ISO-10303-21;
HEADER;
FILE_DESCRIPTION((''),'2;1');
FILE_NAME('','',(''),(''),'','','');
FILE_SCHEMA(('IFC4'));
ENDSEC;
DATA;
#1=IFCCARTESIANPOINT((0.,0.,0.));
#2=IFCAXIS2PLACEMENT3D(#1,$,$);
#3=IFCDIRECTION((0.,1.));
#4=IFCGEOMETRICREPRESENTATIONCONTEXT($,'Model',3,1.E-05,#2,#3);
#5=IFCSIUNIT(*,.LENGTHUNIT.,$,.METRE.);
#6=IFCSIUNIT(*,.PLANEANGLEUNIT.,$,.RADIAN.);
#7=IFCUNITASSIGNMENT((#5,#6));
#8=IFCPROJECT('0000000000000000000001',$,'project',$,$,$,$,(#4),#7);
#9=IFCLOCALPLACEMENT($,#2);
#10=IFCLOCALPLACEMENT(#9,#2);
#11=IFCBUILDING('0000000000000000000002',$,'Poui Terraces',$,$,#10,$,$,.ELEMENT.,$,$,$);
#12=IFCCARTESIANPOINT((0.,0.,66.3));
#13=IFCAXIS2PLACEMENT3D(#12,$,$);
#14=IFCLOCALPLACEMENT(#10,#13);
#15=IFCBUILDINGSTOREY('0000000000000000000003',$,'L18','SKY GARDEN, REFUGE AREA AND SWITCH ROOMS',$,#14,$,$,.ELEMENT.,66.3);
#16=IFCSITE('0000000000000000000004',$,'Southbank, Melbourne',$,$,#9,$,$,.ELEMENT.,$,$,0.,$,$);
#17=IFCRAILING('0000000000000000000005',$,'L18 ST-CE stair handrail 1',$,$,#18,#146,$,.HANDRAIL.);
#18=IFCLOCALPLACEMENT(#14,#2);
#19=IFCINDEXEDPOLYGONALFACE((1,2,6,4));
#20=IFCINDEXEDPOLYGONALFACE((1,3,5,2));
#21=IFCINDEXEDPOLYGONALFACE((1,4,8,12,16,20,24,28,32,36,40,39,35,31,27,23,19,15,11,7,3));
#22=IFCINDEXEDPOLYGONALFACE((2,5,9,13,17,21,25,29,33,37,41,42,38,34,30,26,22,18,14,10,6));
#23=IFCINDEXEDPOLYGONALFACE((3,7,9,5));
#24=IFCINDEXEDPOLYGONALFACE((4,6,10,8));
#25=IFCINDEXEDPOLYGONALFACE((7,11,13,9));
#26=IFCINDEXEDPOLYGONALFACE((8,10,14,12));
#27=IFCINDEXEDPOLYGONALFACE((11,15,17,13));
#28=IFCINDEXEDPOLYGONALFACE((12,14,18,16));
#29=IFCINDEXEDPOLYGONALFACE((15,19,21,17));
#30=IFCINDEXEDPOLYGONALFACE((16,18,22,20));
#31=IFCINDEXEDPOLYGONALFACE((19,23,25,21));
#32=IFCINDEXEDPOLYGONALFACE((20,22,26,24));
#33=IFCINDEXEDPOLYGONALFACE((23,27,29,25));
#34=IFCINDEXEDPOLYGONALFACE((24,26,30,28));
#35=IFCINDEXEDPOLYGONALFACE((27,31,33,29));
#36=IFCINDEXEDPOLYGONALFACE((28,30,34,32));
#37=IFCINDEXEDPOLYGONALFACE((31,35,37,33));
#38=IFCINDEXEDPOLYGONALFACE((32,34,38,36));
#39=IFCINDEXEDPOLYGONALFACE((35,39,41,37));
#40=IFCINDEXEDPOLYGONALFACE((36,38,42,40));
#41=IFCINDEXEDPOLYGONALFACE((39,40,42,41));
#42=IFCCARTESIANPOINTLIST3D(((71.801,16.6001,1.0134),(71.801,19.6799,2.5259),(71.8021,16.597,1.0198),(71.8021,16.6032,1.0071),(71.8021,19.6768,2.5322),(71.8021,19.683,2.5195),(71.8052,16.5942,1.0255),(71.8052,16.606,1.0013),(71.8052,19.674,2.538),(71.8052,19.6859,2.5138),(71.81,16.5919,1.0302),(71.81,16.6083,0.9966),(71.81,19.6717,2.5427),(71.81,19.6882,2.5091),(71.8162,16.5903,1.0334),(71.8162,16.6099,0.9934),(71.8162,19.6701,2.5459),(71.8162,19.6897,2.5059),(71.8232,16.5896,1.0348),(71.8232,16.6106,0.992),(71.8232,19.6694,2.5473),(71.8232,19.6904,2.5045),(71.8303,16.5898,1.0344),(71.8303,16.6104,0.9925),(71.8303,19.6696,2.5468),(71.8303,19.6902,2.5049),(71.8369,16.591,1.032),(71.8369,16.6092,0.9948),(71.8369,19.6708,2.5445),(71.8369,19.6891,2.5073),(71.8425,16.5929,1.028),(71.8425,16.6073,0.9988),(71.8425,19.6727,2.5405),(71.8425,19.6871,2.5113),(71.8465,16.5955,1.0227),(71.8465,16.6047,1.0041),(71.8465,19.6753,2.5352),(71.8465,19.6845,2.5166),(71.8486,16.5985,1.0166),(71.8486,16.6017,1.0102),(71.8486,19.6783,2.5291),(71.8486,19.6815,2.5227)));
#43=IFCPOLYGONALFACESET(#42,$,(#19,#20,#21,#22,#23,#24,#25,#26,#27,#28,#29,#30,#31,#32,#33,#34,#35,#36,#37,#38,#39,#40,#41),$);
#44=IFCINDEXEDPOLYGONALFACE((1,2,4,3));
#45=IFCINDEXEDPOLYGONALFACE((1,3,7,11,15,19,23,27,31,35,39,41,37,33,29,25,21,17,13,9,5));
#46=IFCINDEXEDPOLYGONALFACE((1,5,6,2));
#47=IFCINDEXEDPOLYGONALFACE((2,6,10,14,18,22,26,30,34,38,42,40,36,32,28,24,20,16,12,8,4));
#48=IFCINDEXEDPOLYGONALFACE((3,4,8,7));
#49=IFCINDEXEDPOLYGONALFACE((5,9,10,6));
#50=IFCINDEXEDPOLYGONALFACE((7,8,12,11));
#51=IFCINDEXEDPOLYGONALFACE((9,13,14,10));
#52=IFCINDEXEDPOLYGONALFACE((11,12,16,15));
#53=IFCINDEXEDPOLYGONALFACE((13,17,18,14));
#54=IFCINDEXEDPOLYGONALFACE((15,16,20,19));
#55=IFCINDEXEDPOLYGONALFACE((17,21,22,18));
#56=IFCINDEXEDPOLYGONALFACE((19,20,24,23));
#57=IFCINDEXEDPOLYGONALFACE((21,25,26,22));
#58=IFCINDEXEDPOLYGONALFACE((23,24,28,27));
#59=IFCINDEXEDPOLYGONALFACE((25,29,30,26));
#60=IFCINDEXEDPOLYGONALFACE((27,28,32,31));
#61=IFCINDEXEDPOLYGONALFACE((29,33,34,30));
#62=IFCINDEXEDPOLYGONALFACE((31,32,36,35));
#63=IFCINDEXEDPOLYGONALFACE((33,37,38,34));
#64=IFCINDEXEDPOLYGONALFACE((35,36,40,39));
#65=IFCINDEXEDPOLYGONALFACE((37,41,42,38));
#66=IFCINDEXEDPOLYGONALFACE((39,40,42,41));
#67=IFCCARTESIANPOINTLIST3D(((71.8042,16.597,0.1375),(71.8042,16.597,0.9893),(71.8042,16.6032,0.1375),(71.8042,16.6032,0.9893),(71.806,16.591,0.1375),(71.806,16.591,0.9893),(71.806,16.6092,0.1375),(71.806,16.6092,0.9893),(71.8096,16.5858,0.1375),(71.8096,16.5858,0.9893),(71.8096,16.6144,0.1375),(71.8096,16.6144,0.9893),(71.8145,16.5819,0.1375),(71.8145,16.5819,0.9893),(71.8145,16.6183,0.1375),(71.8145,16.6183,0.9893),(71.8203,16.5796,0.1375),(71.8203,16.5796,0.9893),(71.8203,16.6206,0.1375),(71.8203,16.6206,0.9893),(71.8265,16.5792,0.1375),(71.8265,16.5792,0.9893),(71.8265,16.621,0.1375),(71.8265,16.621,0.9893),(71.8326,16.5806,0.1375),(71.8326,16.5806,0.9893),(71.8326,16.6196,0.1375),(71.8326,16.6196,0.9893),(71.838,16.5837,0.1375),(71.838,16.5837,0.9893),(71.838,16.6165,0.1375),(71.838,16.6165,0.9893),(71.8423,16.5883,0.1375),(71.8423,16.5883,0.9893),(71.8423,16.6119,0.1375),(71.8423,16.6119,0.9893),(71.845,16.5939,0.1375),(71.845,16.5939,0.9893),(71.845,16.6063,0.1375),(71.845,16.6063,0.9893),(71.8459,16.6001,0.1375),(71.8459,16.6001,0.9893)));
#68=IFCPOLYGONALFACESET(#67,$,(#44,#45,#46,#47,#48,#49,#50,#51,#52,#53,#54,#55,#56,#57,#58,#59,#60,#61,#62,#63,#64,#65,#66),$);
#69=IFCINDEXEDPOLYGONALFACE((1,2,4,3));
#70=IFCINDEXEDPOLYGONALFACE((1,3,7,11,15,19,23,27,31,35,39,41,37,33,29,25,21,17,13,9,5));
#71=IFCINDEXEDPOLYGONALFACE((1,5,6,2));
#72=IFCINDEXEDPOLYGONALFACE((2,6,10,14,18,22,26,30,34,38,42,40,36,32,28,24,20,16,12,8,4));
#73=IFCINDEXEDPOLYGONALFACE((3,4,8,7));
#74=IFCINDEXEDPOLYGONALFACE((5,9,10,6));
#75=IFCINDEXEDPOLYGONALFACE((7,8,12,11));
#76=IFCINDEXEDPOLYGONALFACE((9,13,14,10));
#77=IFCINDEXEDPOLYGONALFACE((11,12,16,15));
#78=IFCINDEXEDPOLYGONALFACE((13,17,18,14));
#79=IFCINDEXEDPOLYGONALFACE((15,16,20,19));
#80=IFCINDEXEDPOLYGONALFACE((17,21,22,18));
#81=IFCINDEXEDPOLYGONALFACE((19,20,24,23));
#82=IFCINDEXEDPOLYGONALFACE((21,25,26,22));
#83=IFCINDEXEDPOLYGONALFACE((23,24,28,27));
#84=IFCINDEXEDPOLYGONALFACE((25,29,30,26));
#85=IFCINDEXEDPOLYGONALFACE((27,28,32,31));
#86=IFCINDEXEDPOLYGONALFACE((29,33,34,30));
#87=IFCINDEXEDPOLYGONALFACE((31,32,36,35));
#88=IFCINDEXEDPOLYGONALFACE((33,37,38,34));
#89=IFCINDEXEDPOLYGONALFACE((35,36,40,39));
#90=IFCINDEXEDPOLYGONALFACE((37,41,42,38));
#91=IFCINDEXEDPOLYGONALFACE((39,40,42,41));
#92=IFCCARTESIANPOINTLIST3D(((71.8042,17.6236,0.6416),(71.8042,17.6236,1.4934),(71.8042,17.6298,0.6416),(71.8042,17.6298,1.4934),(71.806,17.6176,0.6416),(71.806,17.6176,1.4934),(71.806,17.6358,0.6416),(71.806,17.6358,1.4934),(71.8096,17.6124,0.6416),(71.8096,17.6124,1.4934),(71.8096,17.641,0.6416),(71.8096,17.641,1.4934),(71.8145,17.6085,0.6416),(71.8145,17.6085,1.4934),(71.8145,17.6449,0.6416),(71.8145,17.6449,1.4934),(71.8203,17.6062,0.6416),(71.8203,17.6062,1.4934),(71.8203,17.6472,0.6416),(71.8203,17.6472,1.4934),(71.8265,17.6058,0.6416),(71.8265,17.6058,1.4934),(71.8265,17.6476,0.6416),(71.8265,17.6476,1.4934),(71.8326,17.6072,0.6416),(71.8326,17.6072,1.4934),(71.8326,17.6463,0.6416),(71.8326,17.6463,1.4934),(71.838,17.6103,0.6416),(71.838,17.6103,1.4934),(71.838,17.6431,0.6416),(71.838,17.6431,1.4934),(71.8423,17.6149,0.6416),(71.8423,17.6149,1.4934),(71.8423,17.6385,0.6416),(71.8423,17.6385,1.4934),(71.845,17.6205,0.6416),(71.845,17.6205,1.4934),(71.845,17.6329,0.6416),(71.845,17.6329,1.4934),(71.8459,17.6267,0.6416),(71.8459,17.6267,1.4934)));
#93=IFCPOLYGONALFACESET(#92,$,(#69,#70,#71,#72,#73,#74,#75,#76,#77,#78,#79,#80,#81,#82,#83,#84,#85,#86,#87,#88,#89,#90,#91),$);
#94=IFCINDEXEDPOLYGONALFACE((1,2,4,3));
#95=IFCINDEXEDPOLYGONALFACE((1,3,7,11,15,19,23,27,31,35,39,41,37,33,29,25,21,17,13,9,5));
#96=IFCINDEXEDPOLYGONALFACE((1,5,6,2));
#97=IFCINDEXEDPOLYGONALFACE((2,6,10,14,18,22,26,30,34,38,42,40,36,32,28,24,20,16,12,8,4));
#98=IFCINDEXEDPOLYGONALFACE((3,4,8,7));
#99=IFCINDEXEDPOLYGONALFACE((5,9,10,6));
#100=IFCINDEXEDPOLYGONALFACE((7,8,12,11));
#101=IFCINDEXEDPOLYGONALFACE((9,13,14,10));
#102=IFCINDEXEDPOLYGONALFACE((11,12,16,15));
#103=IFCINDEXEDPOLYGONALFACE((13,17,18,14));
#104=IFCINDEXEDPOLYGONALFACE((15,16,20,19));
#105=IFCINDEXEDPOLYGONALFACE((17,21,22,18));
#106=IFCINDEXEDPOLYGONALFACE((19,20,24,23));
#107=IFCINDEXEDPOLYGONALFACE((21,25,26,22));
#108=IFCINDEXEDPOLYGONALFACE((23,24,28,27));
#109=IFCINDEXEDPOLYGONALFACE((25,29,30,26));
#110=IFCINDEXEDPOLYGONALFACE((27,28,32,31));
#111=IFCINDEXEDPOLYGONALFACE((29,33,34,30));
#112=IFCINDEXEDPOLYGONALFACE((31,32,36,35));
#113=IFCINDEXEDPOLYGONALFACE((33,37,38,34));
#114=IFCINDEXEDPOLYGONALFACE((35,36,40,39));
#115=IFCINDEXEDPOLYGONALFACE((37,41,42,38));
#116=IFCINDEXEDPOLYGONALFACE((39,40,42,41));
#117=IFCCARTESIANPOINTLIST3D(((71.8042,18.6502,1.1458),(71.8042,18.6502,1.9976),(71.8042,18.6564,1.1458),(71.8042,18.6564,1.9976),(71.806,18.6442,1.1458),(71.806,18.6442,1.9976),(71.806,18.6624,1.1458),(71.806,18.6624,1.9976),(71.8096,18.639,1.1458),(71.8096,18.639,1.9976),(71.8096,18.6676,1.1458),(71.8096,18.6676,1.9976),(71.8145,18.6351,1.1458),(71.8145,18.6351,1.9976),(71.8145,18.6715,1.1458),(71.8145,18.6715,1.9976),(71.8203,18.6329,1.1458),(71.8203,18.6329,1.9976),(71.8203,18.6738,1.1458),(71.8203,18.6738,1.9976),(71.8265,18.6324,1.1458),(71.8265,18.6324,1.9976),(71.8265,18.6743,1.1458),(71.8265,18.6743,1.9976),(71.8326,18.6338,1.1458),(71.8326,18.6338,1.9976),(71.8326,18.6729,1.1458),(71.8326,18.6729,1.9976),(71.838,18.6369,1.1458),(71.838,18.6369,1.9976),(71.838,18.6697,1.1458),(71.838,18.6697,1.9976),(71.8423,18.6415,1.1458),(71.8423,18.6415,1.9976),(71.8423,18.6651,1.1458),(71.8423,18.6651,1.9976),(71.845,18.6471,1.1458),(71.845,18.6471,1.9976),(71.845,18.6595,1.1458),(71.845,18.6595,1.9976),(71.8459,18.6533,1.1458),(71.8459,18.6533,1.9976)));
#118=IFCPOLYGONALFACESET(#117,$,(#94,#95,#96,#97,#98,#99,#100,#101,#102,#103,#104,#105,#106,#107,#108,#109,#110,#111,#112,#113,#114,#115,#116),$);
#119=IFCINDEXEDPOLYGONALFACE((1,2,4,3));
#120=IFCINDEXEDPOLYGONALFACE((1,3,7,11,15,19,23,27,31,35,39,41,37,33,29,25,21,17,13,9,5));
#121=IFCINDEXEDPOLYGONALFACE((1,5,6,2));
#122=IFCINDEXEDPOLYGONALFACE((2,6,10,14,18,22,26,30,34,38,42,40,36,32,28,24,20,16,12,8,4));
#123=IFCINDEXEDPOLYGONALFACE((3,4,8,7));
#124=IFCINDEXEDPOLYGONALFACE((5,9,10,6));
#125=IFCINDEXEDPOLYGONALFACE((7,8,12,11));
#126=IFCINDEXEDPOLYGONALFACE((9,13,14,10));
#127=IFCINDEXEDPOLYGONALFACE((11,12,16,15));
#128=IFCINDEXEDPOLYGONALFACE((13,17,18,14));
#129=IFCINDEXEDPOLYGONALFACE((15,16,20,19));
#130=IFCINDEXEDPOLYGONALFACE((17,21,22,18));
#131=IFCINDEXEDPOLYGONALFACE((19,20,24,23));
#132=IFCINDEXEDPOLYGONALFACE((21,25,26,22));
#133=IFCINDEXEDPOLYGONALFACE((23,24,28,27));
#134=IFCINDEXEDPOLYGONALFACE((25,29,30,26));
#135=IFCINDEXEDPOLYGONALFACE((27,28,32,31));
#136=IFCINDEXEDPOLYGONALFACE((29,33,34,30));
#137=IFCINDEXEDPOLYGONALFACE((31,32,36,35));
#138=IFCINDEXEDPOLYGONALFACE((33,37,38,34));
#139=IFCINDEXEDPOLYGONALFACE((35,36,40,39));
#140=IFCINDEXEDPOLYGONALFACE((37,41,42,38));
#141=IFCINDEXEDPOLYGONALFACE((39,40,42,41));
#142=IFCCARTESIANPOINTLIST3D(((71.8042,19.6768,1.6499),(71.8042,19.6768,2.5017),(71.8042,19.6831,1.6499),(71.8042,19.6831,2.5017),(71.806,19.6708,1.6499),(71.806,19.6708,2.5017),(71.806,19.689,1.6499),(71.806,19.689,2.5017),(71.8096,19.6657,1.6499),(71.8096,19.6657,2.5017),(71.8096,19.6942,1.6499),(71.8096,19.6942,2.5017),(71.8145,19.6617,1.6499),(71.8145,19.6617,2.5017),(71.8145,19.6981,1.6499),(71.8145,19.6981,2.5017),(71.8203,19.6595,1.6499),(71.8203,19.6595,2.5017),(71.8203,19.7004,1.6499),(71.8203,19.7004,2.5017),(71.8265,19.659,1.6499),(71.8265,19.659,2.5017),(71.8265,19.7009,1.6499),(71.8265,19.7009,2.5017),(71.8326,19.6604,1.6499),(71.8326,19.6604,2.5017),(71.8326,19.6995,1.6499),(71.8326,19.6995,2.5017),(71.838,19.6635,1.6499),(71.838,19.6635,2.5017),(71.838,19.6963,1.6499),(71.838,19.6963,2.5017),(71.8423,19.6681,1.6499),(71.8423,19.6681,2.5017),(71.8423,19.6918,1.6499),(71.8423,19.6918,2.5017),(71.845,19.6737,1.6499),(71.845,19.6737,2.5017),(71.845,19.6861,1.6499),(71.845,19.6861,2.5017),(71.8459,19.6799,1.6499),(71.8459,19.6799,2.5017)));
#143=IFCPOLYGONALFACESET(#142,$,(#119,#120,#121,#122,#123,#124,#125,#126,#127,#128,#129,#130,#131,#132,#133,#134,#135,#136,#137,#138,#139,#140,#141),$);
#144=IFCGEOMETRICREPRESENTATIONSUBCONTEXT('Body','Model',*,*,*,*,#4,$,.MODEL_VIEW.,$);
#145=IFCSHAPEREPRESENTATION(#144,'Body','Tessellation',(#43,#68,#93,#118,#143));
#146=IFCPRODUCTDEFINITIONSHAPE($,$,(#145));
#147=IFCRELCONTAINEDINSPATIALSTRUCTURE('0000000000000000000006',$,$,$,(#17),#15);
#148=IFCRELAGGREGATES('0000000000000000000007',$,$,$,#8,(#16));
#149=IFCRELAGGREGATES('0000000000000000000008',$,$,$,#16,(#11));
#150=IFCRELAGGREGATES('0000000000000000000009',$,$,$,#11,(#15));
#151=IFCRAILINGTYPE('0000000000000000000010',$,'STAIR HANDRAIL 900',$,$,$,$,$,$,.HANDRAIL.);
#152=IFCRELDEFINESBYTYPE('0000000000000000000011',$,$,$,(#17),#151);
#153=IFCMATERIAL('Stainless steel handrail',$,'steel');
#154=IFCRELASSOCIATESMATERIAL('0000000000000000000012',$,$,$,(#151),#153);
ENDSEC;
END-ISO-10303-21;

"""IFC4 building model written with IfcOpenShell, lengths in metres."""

from ifc_helpers import new_model, si_unit, direction, frame, origin, origin_2d, place, context, subcontext, project, spatial, circle, extrude, material, type_object, element, save


model = new_model("IFC4")

# Units and contexts
model_context = context("Model", 3, precision=1e-05, world=origin(), true_north=direction((0.0, 1.0)))
body_context = subcontext(model_context, "Body", "Model", "MODEL_VIEW")
ifc_project = project(units=[si_unit("LENGTHUNIT", "METRE"), si_unit("PLANEANGLEUNIT", "RADIAN")], contexts=[model_context])

# Site, building, storey
site_placement = place(None, origin())
site = spatial("IfcSite", under=ifc_project, at=site_placement, Name="Southbank, Melbourne", CompositionType="ELEMENT", RefElevation=0.0)
building_placement = place(site_placement, origin())
building = spatial("IfcBuilding", under=site, at=building_placement, Name="Poui Terraces", CompositionType="ELEMENT")
storey_placement = place(building_placement, frame((0.0, 0.0, 66.3)))
storey = spatial("IfcBuildingStorey", under=building, at=storey_placement, Name="L18", Description="SKY GARDEN, REFUGE AREA AND SWITCH ROOMS", CompositionType="ELEMENT", Elevation=66.3)

# Railing
ifc_material_1 = material(Name="Stainless steel handrail", Category="steel")
railing_type_1 = type_object("IfcRailingType", Name="STAIR HANDRAIL 900", PredefinedType="HANDRAIL", material=ifc_material_1)
railing_1_placement = place(storey_placement, frame((71.825, 16.6001, 0.1375)))
element("IfcRailing", 1, at=railing_1_placement, inside=storey, type_object=railing_type_1, Name="L18 ST-CE stair handrail 1", PredefinedType="HANDRAIL", context=body_context, shape_type="SweptSolid", body=[
    extrude(circle(Radius=0.0239, at=origin_2d()), frame((0.0, 0.0, 0.876), z_axis=(0.0, 0.897606, 0.440798), x_axis=(-1.0, 0.0, 0.0)), (0.0, 0.0, 1.0), 3.4312),
    extrude(circle(Radius=0.021, at=origin_2d()), origin(), (0.0, 0.0, 1.0), 0.8518),
    extrude(circle(Radius=0.021, at=origin_2d()), frame((0.0, 1.0266, 0.5042)), (0.0, 0.0, 1.0), 0.8518),
    extrude(circle(Radius=0.021, at=origin_2d()), frame((0.0, 2.0532, 1.0083)), (0.0, 0.0, 1.0), 0.8518),
    extrude(circle(Radius=0.021, at=origin_2d()), frame((0.0, 3.0798, 1.5125)), (0.0, 0.0, 1.0), 0.8518),
])

save(model, "model.ifc")
